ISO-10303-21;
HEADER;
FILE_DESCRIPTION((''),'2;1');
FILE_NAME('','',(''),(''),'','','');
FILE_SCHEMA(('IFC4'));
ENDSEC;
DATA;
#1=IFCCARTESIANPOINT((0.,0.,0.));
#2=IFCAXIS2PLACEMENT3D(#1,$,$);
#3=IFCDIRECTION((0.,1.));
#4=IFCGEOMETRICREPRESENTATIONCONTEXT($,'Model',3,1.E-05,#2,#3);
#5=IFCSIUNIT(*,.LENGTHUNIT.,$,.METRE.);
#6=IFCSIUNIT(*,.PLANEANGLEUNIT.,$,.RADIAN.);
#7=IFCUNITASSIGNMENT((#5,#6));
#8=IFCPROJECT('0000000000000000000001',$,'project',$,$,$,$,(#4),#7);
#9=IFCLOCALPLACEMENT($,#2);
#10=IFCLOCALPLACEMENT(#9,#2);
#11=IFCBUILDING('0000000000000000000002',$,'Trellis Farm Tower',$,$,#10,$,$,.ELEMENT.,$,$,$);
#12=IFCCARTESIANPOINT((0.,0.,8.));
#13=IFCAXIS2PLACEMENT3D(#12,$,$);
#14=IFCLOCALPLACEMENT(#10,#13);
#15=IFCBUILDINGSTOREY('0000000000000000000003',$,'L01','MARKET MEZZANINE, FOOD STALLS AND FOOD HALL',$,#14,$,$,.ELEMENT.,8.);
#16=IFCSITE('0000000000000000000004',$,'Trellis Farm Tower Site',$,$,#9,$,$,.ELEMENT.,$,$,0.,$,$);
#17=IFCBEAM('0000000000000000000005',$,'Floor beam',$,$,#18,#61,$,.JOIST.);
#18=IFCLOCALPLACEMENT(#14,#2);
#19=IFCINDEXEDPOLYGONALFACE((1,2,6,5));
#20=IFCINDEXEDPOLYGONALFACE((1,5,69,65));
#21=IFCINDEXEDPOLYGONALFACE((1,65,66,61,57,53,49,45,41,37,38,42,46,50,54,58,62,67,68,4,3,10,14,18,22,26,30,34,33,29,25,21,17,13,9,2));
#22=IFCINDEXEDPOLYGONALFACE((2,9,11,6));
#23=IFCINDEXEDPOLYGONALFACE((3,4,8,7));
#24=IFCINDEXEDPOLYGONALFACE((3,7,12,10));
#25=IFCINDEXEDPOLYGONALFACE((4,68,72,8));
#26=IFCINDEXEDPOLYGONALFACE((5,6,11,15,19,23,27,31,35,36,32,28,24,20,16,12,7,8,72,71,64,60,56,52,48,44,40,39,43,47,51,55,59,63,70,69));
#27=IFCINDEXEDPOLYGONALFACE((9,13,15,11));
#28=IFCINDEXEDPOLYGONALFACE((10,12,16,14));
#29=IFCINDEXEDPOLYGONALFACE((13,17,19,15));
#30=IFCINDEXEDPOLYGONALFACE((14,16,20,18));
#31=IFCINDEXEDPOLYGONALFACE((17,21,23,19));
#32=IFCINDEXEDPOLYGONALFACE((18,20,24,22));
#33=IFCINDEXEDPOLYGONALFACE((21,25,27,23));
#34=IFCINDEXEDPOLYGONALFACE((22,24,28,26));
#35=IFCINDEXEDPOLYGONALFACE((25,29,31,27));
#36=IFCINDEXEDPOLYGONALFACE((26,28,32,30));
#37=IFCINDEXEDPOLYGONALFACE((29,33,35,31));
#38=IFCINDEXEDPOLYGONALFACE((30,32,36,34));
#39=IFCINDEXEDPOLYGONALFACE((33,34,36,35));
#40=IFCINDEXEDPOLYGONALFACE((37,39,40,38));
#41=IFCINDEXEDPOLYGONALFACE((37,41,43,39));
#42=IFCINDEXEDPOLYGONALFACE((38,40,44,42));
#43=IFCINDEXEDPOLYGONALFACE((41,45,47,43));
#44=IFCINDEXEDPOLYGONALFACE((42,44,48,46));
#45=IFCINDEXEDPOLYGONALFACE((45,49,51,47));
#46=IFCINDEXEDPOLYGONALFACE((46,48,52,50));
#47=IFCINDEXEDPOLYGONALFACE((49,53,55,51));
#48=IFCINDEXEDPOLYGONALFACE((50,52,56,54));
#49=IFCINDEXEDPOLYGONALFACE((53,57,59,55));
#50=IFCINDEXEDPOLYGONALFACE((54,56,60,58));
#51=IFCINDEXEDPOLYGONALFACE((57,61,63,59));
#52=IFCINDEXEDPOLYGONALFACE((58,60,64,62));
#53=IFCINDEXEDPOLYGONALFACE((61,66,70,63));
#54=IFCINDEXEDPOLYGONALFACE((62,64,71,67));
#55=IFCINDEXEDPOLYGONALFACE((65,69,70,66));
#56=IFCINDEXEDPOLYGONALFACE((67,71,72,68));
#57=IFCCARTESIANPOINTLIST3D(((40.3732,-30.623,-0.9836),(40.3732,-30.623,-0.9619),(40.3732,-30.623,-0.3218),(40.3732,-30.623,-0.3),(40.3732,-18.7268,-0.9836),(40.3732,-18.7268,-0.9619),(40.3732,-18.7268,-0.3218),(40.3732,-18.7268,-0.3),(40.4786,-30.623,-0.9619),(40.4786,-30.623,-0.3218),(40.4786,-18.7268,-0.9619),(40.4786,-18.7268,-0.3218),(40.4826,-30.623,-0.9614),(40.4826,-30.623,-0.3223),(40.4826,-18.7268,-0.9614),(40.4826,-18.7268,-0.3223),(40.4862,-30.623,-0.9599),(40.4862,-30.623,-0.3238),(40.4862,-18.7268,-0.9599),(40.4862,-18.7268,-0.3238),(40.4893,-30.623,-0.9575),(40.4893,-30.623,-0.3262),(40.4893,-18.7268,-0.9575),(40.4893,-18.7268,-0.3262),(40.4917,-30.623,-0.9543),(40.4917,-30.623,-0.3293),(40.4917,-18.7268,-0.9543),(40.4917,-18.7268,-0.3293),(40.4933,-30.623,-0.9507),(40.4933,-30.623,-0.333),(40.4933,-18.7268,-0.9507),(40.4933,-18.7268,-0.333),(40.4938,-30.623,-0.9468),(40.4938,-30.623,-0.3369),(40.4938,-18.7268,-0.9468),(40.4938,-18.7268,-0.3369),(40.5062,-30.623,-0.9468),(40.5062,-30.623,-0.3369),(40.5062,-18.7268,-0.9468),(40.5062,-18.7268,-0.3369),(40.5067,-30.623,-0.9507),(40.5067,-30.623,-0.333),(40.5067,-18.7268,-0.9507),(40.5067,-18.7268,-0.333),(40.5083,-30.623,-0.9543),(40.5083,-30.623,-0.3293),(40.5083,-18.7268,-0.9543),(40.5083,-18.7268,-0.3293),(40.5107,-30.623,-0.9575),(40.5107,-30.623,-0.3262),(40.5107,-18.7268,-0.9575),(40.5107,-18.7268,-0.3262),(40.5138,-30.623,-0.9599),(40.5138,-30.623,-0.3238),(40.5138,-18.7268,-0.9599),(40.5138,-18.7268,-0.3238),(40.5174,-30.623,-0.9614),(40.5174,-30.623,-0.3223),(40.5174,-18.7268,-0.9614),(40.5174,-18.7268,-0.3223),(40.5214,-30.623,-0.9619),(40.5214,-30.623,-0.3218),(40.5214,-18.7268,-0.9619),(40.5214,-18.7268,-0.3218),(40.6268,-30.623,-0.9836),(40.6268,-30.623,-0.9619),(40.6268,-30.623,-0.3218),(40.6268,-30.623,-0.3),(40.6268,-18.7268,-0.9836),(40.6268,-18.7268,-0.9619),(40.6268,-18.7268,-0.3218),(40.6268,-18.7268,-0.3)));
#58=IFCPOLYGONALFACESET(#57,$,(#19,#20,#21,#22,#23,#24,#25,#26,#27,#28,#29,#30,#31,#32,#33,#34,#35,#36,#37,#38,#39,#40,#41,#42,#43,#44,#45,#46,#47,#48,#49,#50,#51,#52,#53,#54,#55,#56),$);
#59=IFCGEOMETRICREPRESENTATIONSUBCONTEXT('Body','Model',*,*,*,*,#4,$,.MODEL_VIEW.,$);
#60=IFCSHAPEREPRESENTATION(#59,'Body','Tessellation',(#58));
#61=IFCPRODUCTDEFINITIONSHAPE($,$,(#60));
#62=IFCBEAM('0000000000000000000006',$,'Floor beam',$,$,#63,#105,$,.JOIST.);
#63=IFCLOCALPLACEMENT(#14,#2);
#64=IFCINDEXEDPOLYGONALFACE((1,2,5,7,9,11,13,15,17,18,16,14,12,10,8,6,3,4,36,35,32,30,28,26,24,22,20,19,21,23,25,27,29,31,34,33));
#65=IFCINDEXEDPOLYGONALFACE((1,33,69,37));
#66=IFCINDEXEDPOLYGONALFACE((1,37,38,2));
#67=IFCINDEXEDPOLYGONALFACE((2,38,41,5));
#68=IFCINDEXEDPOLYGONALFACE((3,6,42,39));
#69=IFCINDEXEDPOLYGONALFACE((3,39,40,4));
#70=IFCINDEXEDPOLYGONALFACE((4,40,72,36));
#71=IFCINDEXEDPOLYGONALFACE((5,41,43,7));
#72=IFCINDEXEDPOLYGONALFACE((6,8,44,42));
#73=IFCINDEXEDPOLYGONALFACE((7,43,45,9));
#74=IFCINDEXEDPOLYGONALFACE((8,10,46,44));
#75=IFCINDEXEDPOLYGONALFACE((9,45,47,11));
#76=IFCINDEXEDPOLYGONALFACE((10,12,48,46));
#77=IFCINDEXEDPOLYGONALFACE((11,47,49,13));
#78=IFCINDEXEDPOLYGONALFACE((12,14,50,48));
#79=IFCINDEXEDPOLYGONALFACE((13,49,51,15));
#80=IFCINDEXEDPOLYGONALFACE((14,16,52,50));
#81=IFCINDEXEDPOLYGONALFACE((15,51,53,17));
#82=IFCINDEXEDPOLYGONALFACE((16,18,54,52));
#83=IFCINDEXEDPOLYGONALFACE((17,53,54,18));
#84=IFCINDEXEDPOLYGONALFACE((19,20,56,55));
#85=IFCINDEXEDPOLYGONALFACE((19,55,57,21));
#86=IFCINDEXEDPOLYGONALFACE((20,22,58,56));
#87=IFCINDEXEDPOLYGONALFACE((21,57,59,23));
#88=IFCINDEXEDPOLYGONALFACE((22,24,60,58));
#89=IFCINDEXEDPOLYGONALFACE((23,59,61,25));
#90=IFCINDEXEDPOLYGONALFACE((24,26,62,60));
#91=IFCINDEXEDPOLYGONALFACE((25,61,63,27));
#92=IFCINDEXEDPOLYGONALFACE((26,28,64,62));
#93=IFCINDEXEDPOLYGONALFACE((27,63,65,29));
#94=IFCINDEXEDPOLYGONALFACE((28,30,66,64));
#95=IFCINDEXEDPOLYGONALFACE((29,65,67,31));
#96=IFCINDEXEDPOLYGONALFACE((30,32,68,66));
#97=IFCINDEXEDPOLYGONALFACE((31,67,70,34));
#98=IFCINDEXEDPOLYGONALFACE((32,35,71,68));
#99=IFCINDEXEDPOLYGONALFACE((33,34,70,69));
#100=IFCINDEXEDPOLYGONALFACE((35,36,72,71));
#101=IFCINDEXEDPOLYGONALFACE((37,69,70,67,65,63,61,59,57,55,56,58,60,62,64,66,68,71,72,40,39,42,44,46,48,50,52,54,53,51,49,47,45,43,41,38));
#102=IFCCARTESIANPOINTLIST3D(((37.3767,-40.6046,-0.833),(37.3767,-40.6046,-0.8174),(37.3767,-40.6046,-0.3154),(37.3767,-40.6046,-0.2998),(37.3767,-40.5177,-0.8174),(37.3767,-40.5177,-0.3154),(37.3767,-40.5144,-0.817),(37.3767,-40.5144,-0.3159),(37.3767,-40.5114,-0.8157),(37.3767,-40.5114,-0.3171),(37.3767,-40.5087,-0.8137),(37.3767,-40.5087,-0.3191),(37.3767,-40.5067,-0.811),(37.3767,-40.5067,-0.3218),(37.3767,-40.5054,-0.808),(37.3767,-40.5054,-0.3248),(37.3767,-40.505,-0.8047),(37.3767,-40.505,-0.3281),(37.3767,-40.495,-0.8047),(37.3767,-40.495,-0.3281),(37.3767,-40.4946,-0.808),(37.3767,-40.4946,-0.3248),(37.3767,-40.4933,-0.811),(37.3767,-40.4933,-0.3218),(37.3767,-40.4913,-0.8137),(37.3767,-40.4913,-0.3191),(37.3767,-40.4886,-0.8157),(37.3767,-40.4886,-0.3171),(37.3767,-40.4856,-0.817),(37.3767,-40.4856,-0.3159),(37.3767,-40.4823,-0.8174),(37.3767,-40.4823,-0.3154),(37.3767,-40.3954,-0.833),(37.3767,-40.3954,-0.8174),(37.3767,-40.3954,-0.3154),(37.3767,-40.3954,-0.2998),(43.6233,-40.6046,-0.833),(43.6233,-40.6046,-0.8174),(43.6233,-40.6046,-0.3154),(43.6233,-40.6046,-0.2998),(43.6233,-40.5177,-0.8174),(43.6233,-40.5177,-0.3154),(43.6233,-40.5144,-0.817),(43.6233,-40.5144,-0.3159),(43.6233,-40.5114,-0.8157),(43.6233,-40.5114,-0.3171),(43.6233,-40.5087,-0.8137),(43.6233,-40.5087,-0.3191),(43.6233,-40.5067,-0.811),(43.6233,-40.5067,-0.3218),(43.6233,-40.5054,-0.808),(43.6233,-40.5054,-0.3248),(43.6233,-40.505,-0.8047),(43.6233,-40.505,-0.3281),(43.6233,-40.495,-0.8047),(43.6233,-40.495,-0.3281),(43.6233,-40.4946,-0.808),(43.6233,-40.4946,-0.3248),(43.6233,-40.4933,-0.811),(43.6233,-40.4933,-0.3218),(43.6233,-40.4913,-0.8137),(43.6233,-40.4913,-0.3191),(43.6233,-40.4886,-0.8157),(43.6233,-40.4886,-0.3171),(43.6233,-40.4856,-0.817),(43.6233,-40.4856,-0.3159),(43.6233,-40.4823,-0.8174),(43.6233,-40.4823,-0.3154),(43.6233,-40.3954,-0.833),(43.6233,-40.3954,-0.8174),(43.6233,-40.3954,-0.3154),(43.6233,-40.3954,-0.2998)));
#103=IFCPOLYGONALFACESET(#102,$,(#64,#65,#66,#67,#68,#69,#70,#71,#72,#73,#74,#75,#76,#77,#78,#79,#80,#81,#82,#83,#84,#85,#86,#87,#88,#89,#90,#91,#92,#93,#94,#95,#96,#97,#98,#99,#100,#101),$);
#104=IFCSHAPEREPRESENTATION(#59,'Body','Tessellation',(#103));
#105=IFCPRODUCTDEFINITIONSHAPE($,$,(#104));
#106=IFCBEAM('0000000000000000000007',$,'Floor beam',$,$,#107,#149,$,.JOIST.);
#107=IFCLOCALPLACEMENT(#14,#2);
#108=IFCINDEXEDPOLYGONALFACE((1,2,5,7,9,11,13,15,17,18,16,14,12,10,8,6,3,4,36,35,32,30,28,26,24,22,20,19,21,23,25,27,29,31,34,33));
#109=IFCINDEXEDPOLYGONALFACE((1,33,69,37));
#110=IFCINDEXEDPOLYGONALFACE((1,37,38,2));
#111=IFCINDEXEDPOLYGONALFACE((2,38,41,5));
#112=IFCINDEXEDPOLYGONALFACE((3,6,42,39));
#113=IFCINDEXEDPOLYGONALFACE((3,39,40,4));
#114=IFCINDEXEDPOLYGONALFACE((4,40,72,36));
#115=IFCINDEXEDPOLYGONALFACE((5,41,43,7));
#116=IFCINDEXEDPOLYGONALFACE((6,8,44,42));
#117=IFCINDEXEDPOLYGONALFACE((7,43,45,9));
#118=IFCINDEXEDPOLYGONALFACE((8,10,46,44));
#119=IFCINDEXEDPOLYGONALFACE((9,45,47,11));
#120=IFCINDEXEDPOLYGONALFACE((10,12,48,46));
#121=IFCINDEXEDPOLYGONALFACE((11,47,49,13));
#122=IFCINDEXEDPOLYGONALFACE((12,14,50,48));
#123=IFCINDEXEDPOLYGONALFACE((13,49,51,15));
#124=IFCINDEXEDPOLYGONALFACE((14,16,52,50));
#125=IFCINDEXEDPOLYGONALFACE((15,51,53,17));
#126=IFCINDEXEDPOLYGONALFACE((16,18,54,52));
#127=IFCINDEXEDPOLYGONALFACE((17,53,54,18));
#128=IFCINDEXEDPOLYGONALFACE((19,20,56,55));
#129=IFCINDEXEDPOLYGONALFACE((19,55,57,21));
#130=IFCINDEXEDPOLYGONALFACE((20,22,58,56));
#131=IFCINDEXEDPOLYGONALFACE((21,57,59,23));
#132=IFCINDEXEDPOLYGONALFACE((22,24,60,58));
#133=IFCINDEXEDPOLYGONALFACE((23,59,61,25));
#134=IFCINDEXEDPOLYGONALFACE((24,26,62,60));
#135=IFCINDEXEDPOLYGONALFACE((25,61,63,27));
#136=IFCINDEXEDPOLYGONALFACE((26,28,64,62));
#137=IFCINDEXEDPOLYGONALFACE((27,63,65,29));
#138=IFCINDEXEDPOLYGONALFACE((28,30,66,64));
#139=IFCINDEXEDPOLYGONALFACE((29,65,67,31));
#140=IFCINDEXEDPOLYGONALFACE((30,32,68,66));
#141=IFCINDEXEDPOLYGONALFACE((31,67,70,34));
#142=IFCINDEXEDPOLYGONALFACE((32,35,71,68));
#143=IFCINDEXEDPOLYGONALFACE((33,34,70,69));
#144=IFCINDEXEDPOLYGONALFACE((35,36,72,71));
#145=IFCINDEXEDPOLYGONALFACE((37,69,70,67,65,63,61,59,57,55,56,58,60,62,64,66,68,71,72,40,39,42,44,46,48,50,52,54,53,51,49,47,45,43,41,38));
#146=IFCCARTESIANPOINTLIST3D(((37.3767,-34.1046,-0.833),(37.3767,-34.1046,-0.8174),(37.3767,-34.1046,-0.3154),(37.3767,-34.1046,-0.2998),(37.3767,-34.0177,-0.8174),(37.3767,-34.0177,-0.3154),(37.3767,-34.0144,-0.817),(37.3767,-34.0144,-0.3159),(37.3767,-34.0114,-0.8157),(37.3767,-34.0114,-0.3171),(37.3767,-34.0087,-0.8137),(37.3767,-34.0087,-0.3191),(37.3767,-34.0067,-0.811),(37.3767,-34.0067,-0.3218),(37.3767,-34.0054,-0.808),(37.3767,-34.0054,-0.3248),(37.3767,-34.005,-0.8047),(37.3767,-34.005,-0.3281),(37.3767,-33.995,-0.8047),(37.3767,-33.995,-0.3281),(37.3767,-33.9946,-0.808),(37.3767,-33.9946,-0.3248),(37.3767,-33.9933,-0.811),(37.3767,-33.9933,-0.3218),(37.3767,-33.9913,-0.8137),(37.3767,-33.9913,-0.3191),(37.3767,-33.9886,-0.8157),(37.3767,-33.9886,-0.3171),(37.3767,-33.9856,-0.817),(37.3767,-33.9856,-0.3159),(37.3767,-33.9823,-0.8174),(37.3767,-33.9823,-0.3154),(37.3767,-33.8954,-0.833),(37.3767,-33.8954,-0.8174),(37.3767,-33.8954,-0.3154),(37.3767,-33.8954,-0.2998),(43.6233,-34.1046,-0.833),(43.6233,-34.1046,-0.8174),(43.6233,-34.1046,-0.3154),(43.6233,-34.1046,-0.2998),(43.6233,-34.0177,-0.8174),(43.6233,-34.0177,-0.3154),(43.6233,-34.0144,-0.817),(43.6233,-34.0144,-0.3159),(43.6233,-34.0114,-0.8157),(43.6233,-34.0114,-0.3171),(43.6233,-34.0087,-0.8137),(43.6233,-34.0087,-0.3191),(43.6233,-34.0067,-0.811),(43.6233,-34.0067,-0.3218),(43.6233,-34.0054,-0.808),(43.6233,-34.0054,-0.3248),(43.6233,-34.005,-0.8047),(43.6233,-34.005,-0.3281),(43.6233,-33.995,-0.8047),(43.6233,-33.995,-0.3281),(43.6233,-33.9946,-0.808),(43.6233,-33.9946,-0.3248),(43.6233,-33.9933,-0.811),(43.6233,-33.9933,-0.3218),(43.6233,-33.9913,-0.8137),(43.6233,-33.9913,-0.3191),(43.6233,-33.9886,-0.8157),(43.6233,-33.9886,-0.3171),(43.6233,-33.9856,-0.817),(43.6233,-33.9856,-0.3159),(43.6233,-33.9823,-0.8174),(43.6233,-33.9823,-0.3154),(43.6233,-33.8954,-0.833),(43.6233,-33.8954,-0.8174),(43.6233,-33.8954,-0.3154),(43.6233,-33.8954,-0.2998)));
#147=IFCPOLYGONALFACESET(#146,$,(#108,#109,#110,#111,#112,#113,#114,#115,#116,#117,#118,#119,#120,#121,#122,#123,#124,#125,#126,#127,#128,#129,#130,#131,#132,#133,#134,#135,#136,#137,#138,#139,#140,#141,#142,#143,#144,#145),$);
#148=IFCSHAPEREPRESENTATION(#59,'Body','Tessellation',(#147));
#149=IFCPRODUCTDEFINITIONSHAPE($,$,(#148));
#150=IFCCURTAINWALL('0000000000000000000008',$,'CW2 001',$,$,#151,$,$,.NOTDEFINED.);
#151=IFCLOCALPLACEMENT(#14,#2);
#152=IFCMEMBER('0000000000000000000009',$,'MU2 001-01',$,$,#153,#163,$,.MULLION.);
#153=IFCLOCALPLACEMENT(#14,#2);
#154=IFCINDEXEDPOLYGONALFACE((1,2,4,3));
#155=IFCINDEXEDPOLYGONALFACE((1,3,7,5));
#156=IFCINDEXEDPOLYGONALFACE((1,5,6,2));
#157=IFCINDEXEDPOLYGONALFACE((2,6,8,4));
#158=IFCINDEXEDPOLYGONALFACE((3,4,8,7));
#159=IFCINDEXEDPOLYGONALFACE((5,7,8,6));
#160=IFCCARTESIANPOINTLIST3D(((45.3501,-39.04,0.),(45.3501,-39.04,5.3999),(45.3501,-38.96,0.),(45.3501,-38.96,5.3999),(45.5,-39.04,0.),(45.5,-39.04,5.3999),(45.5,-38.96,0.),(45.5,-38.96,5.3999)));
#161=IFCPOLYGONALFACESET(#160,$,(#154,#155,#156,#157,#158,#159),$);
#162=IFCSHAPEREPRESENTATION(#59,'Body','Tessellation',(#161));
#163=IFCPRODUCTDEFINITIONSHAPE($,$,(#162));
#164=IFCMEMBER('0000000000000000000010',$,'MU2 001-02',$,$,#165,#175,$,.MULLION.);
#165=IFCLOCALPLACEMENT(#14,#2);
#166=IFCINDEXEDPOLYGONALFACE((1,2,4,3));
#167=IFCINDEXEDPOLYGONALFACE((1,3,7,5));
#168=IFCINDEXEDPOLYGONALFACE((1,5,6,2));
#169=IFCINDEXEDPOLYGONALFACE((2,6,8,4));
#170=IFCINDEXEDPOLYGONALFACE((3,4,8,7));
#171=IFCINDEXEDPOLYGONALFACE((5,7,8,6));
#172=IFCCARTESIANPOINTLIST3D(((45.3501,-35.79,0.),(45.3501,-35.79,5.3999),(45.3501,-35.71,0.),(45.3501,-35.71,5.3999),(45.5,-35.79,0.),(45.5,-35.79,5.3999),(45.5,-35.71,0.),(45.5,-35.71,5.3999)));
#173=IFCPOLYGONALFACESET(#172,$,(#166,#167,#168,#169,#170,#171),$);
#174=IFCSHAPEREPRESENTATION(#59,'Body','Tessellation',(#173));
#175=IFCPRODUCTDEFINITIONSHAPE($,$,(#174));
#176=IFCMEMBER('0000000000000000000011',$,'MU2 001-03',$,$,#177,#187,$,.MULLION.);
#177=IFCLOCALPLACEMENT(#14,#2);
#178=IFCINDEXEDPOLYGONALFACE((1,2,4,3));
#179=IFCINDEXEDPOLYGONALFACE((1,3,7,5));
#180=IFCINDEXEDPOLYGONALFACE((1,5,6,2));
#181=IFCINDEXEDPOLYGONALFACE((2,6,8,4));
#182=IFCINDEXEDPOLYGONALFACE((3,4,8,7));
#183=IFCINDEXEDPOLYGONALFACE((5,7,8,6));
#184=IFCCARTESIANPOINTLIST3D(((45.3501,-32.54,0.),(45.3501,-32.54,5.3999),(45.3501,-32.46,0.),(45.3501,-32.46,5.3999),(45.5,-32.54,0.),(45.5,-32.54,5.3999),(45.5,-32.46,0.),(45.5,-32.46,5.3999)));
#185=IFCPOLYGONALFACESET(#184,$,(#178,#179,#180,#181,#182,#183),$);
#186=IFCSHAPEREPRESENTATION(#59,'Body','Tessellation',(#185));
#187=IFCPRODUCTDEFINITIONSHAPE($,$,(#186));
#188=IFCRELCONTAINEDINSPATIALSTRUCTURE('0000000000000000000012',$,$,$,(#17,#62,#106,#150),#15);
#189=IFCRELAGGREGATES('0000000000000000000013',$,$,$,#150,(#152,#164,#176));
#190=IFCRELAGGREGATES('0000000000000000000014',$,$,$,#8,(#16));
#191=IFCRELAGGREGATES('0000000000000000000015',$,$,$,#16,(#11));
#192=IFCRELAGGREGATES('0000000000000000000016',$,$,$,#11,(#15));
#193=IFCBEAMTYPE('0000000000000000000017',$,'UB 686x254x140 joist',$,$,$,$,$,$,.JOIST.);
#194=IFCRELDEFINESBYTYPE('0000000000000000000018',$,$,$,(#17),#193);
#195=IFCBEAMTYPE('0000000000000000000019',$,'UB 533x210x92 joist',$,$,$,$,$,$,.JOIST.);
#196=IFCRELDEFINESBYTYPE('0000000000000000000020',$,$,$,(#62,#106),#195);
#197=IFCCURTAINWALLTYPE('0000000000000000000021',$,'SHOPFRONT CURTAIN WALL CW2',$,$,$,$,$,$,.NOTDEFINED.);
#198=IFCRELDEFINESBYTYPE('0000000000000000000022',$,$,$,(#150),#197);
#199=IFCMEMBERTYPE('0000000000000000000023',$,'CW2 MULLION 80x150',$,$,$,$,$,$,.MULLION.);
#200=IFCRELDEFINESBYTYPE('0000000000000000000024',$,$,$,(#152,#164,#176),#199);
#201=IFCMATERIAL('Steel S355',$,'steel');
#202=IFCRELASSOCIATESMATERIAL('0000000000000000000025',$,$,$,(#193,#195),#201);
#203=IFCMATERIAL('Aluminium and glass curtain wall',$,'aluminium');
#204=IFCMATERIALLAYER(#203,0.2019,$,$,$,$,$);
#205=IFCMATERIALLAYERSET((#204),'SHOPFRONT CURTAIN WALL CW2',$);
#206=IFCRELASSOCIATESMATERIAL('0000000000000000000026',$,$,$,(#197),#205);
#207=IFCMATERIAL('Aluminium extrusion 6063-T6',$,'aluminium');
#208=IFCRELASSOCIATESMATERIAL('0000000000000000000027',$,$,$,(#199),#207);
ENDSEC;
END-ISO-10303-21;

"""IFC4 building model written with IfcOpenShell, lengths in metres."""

from ifc_helpers import new_model, si_unit, direction, frame, origin, origin_2d, place, context, subcontext, project, spatial, rectangle, i_section, extrude, source, transform, mapped, material, layer, layer_set, material_profile, profile_set, type_object, element, aggregate, save


model = new_model("IFC4")

# Units and contexts
model_context = context("Model", 3, precision=1e-05, world=origin(), true_north=direction((0.0, 1.0)))
body_context = subcontext(model_context, "Body", "Model", "MODEL_VIEW")
ifc_project = project(units=[si_unit("LENGTHUNIT", "METRE"), si_unit("PLANEANGLEUNIT", "RADIAN")], contexts=[model_context])

# Site, building, storey
site_placement = place(None, origin())
site = spatial("IfcSite", under=ifc_project, at=site_placement, Name="Trellis Farm Tower Site", CompositionType="ELEMENT", RefElevation=0.0)
building_placement = place(site_placement, origin())
building = spatial("IfcBuilding", under=site, at=building_placement, Name="Trellis Farm Tower", CompositionType="ELEMENT")
storey_placement = place(building_placement, frame((0.0, 0.0, 8.0)))
storey = spatial("IfcBuildingStorey", under=building, at=storey_placement, Name="L01", Description="MARKET MEZZANINE, FOOD STALLS AND FOOD HALL", CompositionType="ELEMENT", Elevation=8.0)

# Beams
ifc_material_1 = material(Name="Steel S355", Category="steel")
ifc_material_profile_1 = material_profile(ifc_material_1, i_section(OverallWidth=0.2537, OverallDepth=0.6836, WebThickness=0.0125, FlangeThickness=0.0217, FilletRadius=0.0151, at=origin_2d()), Name="UB 686x254x140")
ifc_profile_set_1 = profile_set([ifc_material_profile_1], Name="Steel S355")
beam_type_1 = type_object("IfcBeamType", Name="UB 686x254x140 joist", PredefinedType="JOIST", material=ifc_profile_set_1)
shared_shape_1 = source(origin(), body_context, "Body", "SweptSolid", [
    extrude(i_section(OverallWidth=0.2537, OverallDepth=0.6836, WebThickness=0.0125, FlangeThickness=0.0217, FilletRadius=0.0151, at=origin_2d()), origin(), (0.0, 0.0, 1.0), 11.8962),
])
for number, where, z_axis, x_axis, name in (
    (1, (40.5, -30.623, -0.6418), (0.0, 1.0, 0.0), (-1.0, 0.0, 0.0), "Floor beam"),
):
    element("IfcBeam", number, at=place(storey_placement, frame(where, z_axis=z_axis, x_axis=x_axis)), inside=storey, type_object=beam_type_1, Name=name, PredefinedType="JOIST", context=body_context, shape_type="MappedRepresentation", body=[
        mapped(shared_shape_1, transform((0.0, 0.0, 0.0))),
    ])
ifc_material_profile_2 = material_profile(ifc_material_1, i_section(OverallWidth=0.2092, OverallDepth=0.5332, WebThickness=0.01, FlangeThickness=0.0156, FilletRadius=0.0127, at=origin_2d()), Name="UB 533x210x92")
ifc_profile_set_2 = profile_set([ifc_material_profile_2], Name="Steel S355")
beam_type_2 = type_object("IfcBeamType", Name="UB 533x210x92 joist", PredefinedType="JOIST", material=ifc_profile_set_2)
shared_shape_2 = source(origin(), body_context, "Body", "SweptSolid", [
    extrude(i_section(OverallWidth=0.2092, OverallDepth=0.5332, WebThickness=0.01, FlangeThickness=0.0156, FilletRadius=0.0127, at=origin_2d()), origin(), (0.0, 0.0, 1.0), 6.2466),
])
for number, where, z_axis, x_axis, name in (
    (2, (37.3767, -40.5, -0.5664), (1.0, 0.0, 0.0), (0.0, 1.0, 0.0), "Floor beam"),
    (3, (37.3767, -34.0, -0.5664), (1.0, 0.0, 0.0), (0.0, 1.0, 0.0), "Floor beam"),
):
    element("IfcBeam", number, at=place(storey_placement, frame(where, z_axis=z_axis, x_axis=x_axis)), inside=storey, type_object=beam_type_2, Name=name, PredefinedType="JOIST", context=body_context, shape_type="MappedRepresentation", body=[
        mapped(shared_shape_2, transform((0.0, 0.0, 0.0))),
    ])

# Curtain wall, members
ifc_material_2 = material(Name="Aluminium and glass curtain wall", Category="aluminium")
ifc_layer_1 = layer(ifc_material_2, 0.2019)
ifc_layer_set_1 = layer_set([ifc_layer_1], Name="SHOPFRONT CURTAIN WALL CW2")
curtain_wall_type = type_object("IfcCurtainWallType", Name="SHOPFRONT CURTAIN WALL CW2", PredefinedType="NOTDEFINED", material=ifc_layer_set_1)
placement = place(storey_placement, origin())
curtain_wall_1 = element("IfcCurtainWall", 4, at=placement, inside=storey, type_object=curtain_wall_type, Name="CW2 001", PredefinedType="NOTDEFINED")
ifc_material_3 = material(Name="Aluminium extrusion 6063-T6", Category="aluminium")
ifc_material_profile_3 = material_profile(ifc_material_3, rectangle(XDim=0.0801, YDim=0.1499, at=origin_2d()), Name="MULLION 80x150")
ifc_profile_set_3 = profile_set([ifc_material_profile_3], Name="Aluminium extrusion 6063-T6")
member_type = type_object("IfcMemberType", Name="CW2 MULLION 80x150", PredefinedType="MULLION", material=ifc_profile_set_3)
shared_shape_3 = source(origin(), body_context, "Body", "SweptSolid", [
    extrude(rectangle(XDim=0.0801, YDim=0.1499, at=origin_2d()), origin(), (0.0, 0.0, 1.0), 5.3999),
])
member_1_placement = place(storey_placement, frame((45.425, -39.0, 0.0), z_axis=(0.0, 0.0, 1.0), x_axis=(0.0, 1.0, 0.0)))
member_1 = element("IfcMember", 5, at=member_1_placement, type_object=member_type, Name="MU2 001-01", PredefinedType="MULLION", context=body_context, shape_type="MappedRepresentation", body=[
    mapped(shared_shape_3, transform((0.0, 0.0, 0.0))),
])
member_2_placement = place(storey_placement, frame((45.425, -35.75, 0.0), z_axis=(0.0, 0.0, 1.0), x_axis=(0.0, 1.0, 0.0)))
member_2 = element("IfcMember", 6, at=member_2_placement, type_object=member_type, Name="MU2 001-02", PredefinedType="MULLION", context=body_context, shape_type="MappedRepresentation", body=[
    mapped(shared_shape_3, transform((0.0, 0.0, 0.0))),
])
member_3_placement = place(storey_placement, frame((45.425, -32.5, 0.0), z_axis=(0.0, 0.0, 1.0), x_axis=(0.0, 1.0, 0.0)))
member_3 = element("IfcMember", 7, at=member_3_placement, type_object=member_type, Name="MU2 001-03", PredefinedType="MULLION", context=body_context, shape_type="MappedRepresentation", body=[
    mapped(shared_shape_3, transform((0.0, 0.0, 0.0))),
])
aggregate(curtain_wall_1, [member_1, member_2, member_3])

save(model, "model.ifc")
